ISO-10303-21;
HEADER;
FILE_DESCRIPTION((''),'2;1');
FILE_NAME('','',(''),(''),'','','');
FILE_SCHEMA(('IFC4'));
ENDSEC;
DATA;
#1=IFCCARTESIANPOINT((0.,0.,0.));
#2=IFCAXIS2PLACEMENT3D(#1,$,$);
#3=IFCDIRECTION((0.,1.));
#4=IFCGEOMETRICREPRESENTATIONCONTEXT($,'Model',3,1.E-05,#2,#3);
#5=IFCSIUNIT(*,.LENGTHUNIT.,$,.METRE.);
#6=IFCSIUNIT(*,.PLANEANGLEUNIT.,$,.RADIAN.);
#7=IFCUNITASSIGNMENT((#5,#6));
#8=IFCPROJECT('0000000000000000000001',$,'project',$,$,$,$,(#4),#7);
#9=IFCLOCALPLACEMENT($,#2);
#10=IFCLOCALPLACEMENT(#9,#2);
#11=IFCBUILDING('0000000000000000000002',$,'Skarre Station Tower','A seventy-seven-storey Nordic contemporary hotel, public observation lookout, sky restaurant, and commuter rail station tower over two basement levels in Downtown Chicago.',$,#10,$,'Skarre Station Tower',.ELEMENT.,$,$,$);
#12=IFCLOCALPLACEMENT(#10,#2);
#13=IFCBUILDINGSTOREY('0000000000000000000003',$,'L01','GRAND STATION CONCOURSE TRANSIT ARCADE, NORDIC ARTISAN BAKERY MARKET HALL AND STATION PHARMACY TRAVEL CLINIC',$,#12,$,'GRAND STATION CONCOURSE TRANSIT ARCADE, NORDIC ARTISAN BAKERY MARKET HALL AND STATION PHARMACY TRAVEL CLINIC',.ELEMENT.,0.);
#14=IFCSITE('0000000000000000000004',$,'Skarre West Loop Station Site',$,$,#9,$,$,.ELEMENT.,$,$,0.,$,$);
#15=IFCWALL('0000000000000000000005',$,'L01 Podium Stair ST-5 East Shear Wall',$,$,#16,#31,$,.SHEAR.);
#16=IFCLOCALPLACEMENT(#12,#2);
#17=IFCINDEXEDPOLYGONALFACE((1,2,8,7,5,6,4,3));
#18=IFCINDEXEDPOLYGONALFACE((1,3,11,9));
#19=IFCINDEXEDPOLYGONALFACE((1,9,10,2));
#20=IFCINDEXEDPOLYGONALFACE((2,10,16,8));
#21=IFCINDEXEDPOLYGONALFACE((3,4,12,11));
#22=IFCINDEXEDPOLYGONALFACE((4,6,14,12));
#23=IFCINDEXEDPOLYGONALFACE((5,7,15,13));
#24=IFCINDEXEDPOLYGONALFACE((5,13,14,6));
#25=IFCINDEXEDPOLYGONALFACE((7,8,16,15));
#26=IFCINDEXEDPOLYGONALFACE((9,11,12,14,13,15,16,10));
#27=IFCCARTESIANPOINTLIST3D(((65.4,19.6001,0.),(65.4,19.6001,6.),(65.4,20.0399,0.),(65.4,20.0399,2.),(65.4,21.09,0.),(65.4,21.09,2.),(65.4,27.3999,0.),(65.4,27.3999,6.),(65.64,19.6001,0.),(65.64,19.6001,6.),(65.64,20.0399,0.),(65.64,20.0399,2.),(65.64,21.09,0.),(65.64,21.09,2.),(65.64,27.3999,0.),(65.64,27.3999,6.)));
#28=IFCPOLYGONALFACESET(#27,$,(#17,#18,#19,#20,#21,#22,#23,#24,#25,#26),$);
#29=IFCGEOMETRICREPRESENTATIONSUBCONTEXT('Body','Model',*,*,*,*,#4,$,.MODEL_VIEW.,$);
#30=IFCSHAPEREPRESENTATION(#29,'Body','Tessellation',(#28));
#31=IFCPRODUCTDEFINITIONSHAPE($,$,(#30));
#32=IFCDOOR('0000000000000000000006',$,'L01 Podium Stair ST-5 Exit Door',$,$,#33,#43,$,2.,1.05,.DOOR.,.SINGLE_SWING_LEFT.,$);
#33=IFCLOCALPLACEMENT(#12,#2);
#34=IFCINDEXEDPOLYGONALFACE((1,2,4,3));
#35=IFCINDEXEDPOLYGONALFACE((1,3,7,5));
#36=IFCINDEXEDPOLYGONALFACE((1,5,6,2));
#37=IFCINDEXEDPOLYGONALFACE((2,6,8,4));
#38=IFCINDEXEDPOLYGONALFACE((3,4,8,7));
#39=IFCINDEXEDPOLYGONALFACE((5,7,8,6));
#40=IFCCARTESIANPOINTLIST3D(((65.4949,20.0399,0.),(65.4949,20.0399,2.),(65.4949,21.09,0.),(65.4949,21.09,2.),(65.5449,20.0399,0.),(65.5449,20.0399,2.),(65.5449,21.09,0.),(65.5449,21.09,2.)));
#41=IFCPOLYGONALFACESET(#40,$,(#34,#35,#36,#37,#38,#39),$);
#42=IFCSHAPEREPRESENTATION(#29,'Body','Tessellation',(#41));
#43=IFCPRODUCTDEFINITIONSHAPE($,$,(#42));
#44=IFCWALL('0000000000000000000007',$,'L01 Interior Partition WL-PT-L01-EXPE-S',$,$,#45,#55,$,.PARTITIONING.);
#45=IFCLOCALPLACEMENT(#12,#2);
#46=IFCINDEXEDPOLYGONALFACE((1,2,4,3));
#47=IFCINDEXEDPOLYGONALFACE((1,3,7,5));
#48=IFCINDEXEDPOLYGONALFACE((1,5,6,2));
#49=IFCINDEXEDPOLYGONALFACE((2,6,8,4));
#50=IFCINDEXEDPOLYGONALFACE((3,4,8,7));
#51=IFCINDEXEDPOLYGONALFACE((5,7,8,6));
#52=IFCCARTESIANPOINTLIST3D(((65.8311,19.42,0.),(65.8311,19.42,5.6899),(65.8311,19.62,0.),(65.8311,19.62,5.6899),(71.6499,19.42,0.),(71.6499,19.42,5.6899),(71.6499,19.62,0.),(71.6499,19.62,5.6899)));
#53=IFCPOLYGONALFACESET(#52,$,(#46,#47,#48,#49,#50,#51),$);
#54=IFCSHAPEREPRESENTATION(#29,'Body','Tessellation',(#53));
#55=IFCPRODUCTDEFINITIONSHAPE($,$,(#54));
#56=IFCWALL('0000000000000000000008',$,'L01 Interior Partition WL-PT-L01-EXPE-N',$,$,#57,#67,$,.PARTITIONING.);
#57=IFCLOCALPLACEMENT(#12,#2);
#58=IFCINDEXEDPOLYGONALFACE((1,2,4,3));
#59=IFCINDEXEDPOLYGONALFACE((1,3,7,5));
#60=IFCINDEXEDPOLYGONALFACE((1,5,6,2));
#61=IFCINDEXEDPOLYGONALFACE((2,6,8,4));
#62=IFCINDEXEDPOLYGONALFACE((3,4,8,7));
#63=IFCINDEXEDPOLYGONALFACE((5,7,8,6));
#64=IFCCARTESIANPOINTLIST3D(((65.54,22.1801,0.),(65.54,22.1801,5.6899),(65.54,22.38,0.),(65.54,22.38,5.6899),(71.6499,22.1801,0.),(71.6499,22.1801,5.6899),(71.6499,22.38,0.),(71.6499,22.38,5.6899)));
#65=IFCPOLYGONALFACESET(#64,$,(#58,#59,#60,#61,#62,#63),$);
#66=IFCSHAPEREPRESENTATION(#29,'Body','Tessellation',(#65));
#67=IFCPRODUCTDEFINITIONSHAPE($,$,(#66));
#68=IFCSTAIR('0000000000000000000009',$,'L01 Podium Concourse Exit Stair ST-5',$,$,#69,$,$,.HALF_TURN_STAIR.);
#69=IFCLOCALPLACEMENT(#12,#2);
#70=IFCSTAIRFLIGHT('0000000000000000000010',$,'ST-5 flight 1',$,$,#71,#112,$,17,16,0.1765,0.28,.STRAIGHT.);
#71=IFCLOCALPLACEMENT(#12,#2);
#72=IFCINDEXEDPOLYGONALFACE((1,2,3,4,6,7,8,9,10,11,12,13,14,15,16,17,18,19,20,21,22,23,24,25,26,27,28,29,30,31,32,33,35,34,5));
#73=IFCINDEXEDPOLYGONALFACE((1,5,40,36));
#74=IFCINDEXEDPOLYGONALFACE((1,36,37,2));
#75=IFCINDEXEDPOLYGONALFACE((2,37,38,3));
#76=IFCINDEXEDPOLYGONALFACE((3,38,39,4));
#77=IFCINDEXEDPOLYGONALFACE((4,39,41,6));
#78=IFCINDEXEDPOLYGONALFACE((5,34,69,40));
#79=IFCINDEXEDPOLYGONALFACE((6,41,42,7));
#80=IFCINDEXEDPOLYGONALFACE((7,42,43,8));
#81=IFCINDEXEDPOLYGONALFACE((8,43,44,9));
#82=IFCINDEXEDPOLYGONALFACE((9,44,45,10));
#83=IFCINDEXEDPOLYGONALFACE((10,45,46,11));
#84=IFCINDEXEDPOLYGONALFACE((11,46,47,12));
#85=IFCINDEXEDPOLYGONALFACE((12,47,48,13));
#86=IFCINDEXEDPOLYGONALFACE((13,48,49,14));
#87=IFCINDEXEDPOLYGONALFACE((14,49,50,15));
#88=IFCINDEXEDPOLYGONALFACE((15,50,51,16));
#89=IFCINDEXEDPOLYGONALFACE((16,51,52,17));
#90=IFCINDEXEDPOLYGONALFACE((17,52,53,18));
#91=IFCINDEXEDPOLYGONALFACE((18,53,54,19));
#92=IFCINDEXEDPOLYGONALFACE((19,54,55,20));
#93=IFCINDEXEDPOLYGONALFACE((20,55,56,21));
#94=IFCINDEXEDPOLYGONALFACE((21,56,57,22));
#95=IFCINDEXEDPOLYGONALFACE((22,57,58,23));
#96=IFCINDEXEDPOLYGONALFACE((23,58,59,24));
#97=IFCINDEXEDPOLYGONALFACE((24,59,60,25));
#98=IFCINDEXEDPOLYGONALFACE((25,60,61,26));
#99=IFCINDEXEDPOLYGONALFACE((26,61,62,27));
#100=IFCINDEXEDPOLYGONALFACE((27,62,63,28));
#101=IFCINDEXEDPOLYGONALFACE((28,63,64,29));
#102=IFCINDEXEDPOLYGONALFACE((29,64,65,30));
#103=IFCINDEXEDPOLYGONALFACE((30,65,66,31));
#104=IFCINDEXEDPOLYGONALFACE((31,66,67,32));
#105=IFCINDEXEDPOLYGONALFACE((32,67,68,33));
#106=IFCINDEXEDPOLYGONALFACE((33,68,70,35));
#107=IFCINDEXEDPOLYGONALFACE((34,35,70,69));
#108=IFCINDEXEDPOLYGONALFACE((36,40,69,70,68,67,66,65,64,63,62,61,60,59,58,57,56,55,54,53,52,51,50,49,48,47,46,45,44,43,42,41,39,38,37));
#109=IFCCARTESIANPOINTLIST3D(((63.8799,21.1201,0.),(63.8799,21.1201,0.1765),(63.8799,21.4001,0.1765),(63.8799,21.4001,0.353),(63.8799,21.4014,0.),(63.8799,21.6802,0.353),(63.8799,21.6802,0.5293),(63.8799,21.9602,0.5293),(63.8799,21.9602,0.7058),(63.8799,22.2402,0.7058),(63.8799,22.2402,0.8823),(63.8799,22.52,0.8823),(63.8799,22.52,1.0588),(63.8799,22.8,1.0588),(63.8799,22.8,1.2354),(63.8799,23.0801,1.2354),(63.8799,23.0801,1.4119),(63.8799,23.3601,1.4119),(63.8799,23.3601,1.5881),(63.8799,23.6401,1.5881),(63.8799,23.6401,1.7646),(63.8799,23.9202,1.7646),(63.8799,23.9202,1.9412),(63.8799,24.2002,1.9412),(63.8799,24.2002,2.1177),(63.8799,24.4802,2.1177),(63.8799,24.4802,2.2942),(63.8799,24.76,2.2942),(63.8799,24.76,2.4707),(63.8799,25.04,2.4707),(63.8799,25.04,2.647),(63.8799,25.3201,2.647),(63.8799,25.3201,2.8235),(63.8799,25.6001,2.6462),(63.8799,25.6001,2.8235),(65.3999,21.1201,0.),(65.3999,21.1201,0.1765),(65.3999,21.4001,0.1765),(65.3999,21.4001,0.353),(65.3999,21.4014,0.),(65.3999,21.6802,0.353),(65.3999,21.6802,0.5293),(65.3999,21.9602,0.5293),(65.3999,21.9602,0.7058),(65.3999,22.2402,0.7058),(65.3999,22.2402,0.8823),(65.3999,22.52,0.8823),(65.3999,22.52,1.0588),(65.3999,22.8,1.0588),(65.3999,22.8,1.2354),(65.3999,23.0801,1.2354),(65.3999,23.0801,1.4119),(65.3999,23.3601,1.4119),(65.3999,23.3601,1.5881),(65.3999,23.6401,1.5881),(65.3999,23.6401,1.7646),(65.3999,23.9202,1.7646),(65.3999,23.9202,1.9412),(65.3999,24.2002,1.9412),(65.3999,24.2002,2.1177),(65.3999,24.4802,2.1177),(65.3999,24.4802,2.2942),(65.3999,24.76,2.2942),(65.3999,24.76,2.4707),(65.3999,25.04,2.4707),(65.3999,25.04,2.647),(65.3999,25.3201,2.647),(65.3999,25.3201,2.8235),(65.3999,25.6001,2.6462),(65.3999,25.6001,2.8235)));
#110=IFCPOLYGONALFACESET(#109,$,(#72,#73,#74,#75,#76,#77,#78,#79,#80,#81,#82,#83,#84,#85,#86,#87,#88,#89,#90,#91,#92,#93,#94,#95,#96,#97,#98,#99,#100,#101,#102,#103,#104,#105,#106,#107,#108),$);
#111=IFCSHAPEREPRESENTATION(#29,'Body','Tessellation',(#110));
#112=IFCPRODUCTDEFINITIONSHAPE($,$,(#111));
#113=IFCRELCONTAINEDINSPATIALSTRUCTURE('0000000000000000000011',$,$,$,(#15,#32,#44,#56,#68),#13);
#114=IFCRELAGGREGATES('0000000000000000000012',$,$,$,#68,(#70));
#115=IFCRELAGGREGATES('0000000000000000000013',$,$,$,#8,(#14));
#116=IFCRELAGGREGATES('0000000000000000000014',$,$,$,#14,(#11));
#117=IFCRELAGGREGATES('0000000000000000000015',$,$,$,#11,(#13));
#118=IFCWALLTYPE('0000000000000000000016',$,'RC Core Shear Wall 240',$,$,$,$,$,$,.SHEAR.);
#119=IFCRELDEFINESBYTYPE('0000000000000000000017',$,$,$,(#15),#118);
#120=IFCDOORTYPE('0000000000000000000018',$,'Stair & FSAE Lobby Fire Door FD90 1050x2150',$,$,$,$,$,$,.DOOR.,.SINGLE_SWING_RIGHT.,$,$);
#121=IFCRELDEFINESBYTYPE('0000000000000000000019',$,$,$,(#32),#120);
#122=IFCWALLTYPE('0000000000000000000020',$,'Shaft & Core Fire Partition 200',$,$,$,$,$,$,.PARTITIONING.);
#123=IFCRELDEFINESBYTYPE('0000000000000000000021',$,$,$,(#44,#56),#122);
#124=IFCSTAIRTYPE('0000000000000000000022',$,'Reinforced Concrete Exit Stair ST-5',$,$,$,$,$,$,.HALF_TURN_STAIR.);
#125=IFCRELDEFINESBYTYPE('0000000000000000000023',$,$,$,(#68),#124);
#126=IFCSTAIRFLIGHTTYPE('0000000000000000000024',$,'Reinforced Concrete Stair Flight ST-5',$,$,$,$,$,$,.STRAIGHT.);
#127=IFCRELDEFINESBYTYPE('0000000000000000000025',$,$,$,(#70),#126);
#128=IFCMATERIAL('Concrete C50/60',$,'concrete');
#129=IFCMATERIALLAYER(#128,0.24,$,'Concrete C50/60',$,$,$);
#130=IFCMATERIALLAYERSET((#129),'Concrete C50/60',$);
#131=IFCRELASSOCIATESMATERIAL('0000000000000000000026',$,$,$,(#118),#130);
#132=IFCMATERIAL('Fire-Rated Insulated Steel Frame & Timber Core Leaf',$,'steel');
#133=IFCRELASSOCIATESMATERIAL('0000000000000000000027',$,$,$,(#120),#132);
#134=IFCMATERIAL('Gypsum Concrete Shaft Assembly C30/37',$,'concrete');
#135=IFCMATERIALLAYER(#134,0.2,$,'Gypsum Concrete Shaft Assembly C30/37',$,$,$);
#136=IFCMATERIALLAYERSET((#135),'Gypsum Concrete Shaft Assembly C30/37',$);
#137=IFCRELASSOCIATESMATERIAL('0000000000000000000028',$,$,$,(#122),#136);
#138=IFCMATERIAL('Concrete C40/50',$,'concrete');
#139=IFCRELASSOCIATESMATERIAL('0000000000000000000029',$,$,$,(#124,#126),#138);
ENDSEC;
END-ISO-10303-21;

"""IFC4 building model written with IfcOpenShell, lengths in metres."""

from ifc_helpers import new_model, si_unit, direction, frame, frame_2d, origin, place, context, subcontext, project, spatial, polyline, rectangle, outline, extrude, material, layer, layer_set, type_object, element, fill, aggregate, save


model = new_model("IFC4")

# Units and contexts
model_context = context("Model", 3, precision=1e-05, world=origin(), true_north=direction((0.0, 1.0)))
body_context = subcontext(model_context, "Body", "Model", "MODEL_VIEW")
ifc_project = project(units=[si_unit("LENGTHUNIT", "METRE"), si_unit("PLANEANGLEUNIT", "RADIAN")], contexts=[model_context])

# Site, building, storey
site_placement = place(None, origin())
site = spatial("IfcSite", under=ifc_project, at=site_placement, Name="Skarre West Loop Station Site", CompositionType="ELEMENT", RefElevation=0.0)
building_placement = place(site_placement, origin())
building = spatial("IfcBuilding", under=site, at=building_placement, Name="Skarre Station Tower", Description="A seventy-seven-storey Nordic contemporary hotel, public observation lookout, sky restaurant, and commuter rail station tower over two basement levels in Downtown Chicago.", LongName="Skarre Station Tower", CompositionType="ELEMENT")
storey_placement = place(building_placement, origin())
storey = spatial("IfcBuildingStorey", under=building, at=storey_placement, Name="L01", Description="GRAND STATION CONCOURSE TRANSIT ARCADE, NORDIC ARTISAN BAKERY MARKET HALL AND STATION PHARMACY TRAVEL CLINIC", LongName="GRAND STATION CONCOURSE TRANSIT ARCADE, NORDIC ARTISAN BAKERY MARKET HALL AND STATION PHARMACY TRAVEL CLINIC", CompositionType="ELEMENT", Elevation=0.0)

# Shared definitions
ifc_material_1 = material(Name="Concrete C50/60", Category="concrete")
ifc_layer_1 = layer(ifc_material_1, 0.24, Name="Concrete C50/60")
ifc_layer_set_1 = layer_set([ifc_layer_1], Name="Concrete C50/60")
wall_type_1 = type_object("IfcWallType", Name="RC Core Shear Wall 240", PredefinedType="SHEAR", material=ifc_layer_set_1)

# Wall, opening, door
wall_1_placement = place(storey_placement, frame((65.52, 27.3999, 0.0), z_axis=(0.0, 0.0, 1.0), x_axis=(0.0, -1.0, 0.0)))
wall_1 = element("IfcWall", 1, at=wall_1_placement, inside=storey, type_object=wall_type_1, Name="L01 Podium Stair ST-5 East Shear Wall", PredefinedType="SHEAR", context=body_context, shape_type="SweptSolid", body=[
    extrude(rectangle(XDim=7.7998, YDim=0.24, at=frame_2d((3.8999, 0.0))), origin(), (0.0, 0.0, 1.0), 6.0),
])
opening_1_placement = place(wall_1_placement, frame((6.3101, 0.0, 0.0)))
opening_1 = element("IfcOpeningElement", 2, at=opening_1_placement, cuts=wall_1, PredefinedType="OPENING", context=body_context, shape_type="SweptSolid", body=[
    extrude(rectangle(XDim=1.05, YDim=2.0, at=frame_2d((0.5249, 1.0))), frame((0.0, 0.1299, 0.0), z_axis=(0.0, -1.0, 0.0), x_axis=(1.0, 0.0, 0.0)), (0.0, 0.0, 1.0), 0.26),
])
ifc_material_2 = material(Name="Fire-Rated Insulated Steel Frame & Timber Core Leaf", Category="steel")
door_type_1 = type_object("IfcDoorType", Name="Stair & FSAE Lobby Fire Door FD90 1050x2150", OperationType="SINGLE_SWING_RIGHT", PredefinedType="DOOR", material=ifc_material_2)
door_1_placement = place(opening_1_placement, origin())
door_1 = element("IfcDoor", 3, at=door_1_placement, inside=storey, type_object=door_type_1, Name="L01 Podium Stair ST-5 Exit Door", OperationType="SINGLE_SWING_LEFT", OverallHeight=2.0, OverallWidth=1.05, PredefinedType="DOOR", context=body_context, shape_type="SweptSolid", body=[
    extrude(rectangle(XDim=1.05, YDim=2.0, at=frame_2d((0.5249, 1.0))), frame((0.0, 0.0249, 0.0), z_axis=(0.0, -1.0, 0.0), x_axis=(1.0, 0.0, 0.0)), (0.0, 0.0, 1.0), 0.05),
])
fill(opening_1, door_1)

# Walls
ifc_material_3 = material(Name="Gypsum Concrete Shaft Assembly C30/37", Category="concrete")
ifc_layer_2 = layer(ifc_material_3, 0.2, Name="Gypsum Concrete Shaft Assembly C30/37")
ifc_layer_set_2 = layer_set([ifc_layer_2], Name="Gypsum Concrete Shaft Assembly C30/37")
wall_type_2 = type_object("IfcWallType", Name="Shaft & Core Fire Partition 200", PredefinedType="PARTITIONING", material=ifc_layer_set_2)
wall_2_placement = place(storey_placement, frame((65.8311, 19.52, 0.0), z_axis=(0.0, 0.0, 1.0), x_axis=(1.0, 0.0, 0.0)))
element("IfcWall", 4, at=wall_2_placement, inside=storey, type_object=wall_type_2, Name="L01 Interior Partition WL-PT-L01-EXPE-S", PredefinedType="PARTITIONING", context=body_context, shape_type="SweptSolid", body=[
    extrude(rectangle(XDim=5.8188, YDim=0.2, at=frame_2d((2.9094, 0.0))), origin(), (0.0, 0.0, 1.0), 5.6899),
])
wall_3_placement = place(storey_placement, frame((71.6499, 22.28, 0.0), z_axis=(0.0, 0.0, 1.0), x_axis=(-1.0, 0.0, 0.0)))
element("IfcWall", 5, at=wall_3_placement, inside=storey, type_object=wall_type_2, Name="L01 Interior Partition WL-PT-L01-EXPE-N", PredefinedType="PARTITIONING", context=body_context, shape_type="SweptSolid", body=[
    extrude(rectangle(XDim=6.1099, YDim=0.2, at=frame_2d((3.0549, 0.0))), origin(), (0.0, 0.0, 1.0), 5.6899),
])

# Stair, stair flight
ifc_material_4 = material(Name="Concrete C40/50", Category="concrete")
stair_type = type_object("IfcStairType", Name="Reinforced Concrete Exit Stair ST-5", PredefinedType="HALF_TURN_STAIR", material=ifc_material_4)
stair_placement = place(storey_placement, origin())
stair = element("IfcStair", 6, at=stair_placement, inside=storey, type_object=stair_type, Name="L01 Podium Concourse Exit Stair ST-5", PredefinedType="HALF_TURN_STAIR")
stair_flight_type = type_object("IfcStairFlightType", Name="Reinforced Concrete Stair Flight ST-5", PredefinedType="STRAIGHT", material=ifc_material_4)
stair_flight_placement = place(storey_placement, frame((64.6399, 21.1201, 0.0), z_axis=(0.0, 0.0, 1.0), x_axis=(0.0, 1.0, 0.0)))
stair_flight = element("IfcStairFlight", 7, at=stair_flight_placement, type_object=stair_flight_type, Name="ST-5 flight 1", NumberOfRisers=17, NumberOfTreads=16, PredefinedType="STRAIGHT", RiserHeight=0.1765, TreadLength=0.28, context=body_context, shape_type="SweptSolid", body=[
    extrude(outline(polyline([(0.0, 0.0), (0.0, 0.1765), (0.28, 0.1765), (0.28, 0.353), (0.5601, 0.353), (0.5601, 0.5293), (0.8401, 0.5293), (0.8401, 0.7058), (1.1201, 0.7058), (1.1201, 0.8823), (1.3999, 0.8823), (1.3999, 1.0588), (1.6799, 1.0588), (1.6799, 1.2354), (1.96, 1.2354), (1.96, 1.4119), (2.24, 1.4119), (2.24, 1.5881), (2.52, 1.5881), (2.52, 1.7646), (2.8, 1.7646), (2.8, 1.9412), (3.0801, 1.9412), (3.0801, 2.1177), (3.3601, 2.1177), (3.3601, 2.2942), (3.6399, 2.2942), (3.6399, 2.4707), (3.9199, 2.4707), (3.9199, 2.647), (4.2, 2.647), (4.2, 2.8235), (4.48, 2.8235), (4.48, 3.0), (4.48, 2.6462), (0.2812, 0.0), (0.0, 0.0)])), frame((0.0, 0.76, 0.0), z_axis=(0.0, -1.0, 0.0), x_axis=(1.0, 0.0, 0.0)), (0.0, 0.0, 1.0), 1.52),
])
aggregate(stair, [stair_flight])

save(model, "model.ifc")
